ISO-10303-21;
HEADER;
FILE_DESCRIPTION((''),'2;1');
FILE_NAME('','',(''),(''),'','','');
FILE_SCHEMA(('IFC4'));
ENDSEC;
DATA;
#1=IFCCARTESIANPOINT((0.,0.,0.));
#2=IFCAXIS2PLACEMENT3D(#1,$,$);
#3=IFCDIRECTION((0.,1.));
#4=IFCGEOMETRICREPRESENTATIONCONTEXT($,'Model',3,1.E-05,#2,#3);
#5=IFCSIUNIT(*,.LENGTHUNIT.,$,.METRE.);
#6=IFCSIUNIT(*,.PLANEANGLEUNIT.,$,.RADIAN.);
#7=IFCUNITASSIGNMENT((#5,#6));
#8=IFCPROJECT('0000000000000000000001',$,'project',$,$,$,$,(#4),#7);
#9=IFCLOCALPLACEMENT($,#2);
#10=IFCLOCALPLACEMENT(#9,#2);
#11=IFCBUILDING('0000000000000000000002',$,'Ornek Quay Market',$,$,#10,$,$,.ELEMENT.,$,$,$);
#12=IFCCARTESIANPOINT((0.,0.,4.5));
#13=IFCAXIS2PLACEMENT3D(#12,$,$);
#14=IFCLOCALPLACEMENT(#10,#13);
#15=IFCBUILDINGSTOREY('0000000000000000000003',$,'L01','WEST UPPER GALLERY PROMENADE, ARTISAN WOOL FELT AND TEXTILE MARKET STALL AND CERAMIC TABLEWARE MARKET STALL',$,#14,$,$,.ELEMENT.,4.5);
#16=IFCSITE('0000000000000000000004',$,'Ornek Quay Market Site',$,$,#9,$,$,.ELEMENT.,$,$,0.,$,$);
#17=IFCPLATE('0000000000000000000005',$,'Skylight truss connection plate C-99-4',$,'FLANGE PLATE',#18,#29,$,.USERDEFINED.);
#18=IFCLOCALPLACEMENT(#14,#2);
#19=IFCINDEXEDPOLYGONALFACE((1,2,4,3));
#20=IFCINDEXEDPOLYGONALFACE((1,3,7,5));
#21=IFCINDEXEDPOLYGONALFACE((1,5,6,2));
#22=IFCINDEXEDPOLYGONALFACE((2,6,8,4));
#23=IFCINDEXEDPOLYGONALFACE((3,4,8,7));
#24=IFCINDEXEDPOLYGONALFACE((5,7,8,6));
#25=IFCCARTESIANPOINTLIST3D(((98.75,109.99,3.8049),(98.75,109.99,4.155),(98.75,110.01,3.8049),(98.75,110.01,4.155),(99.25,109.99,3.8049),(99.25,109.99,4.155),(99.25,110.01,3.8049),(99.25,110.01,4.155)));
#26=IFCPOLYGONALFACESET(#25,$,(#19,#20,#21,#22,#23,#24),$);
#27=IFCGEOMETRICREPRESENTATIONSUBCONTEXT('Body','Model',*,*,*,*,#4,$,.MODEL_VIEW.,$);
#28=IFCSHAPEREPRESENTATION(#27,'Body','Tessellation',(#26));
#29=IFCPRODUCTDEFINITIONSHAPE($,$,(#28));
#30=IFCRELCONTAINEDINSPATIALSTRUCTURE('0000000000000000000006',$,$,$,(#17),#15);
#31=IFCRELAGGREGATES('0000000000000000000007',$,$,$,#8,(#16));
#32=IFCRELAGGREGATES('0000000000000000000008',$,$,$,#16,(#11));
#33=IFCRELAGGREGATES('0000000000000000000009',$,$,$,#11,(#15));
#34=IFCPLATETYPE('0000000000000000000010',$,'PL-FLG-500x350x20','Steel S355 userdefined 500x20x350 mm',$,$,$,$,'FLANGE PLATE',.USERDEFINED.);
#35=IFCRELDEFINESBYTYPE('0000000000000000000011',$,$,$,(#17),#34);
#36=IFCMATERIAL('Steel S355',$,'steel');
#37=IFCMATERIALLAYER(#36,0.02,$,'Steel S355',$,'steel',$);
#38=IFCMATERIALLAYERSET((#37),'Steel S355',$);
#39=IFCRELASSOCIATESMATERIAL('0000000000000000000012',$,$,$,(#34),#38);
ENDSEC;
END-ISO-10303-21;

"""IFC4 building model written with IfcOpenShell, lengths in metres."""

from ifc_helpers import new_model, si_unit, direction, frame, origin, origin_2d, place, context, subcontext, project, spatial, rectangle, extrude, material, layer, layer_set, type_object, element, save


model = new_model("IFC4")

# Units and contexts
model_context = context("Model", 3, precision=1e-05, world=origin(), true_north=direction((0.0, 1.0)))
body_context = subcontext(model_context, "Body", "Model", "MODEL_VIEW")
ifc_project = project(units=[si_unit("LENGTHUNIT", "METRE"), si_unit("PLANEANGLEUNIT", "RADIAN")], contexts=[model_context])

# Site, building, storey
site_placement = place(None, origin())
site = spatial("IfcSite", under=ifc_project, at=site_placement, Name="Ornek Quay Market Site", CompositionType="ELEMENT", RefElevation=0.0)
building_placement = place(site_placement, origin())
building = spatial("IfcBuilding", under=site, at=building_placement, Name="Ornek Quay Market", CompositionType="ELEMENT")
storey_placement = place(building_placement, frame((0.0, 0.0, 4.5)))
storey = spatial("IfcBuildingStorey", under=building, at=storey_placement, Name="L01", Description="WEST UPPER GALLERY PROMENADE, ARTISAN WOOL FELT AND TEXTILE MARKET STALL AND CERAMIC TABLEWARE MARKET STALL", CompositionType="ELEMENT", Elevation=4.5)

# Shared definitions
ifc_material_1 = material(Name="Steel S355", Category="steel")

# Plate
ifc_layer_1 = layer(ifc_material_1, 0.02, Name="Steel S355", Category="steel")
ifc_layer_set_1 = layer_set([ifc_layer_1], Name="Steel S355")
plate_type_1 = type_object("IfcPlateType", Name="PL-FLG-500x350x20", Description="Steel S355 userdefined 500x20x350 mm", ElementType="FLANGE PLATE", PredefinedType="USERDEFINED", material=ifc_layer_set_1)
for number, where, z_axis, x_axis, name in (
    (1, (99.0, 110.0, 3.8049), (0.0, 0.0, 1.0), (1.0, 0.0, 0.0), "Skylight truss connection plate C-99-4"),
):
    element("IfcPlate", number, at=place(storey_placement, frame(where, z_axis=z_axis, x_axis=x_axis)), inside=storey, type_object=plate_type_1, Name=name, ObjectType="FLANGE PLATE", PredefinedType="USERDEFINED", context=body_context, shape_type="SweptSolid", body=[
        extrude(rectangle(XDim=0.5, YDim=0.02, at=origin_2d()), origin(), (0.0, 0.0, 1.0), 0.3501),
    ])

save(model, "model.ifc")
